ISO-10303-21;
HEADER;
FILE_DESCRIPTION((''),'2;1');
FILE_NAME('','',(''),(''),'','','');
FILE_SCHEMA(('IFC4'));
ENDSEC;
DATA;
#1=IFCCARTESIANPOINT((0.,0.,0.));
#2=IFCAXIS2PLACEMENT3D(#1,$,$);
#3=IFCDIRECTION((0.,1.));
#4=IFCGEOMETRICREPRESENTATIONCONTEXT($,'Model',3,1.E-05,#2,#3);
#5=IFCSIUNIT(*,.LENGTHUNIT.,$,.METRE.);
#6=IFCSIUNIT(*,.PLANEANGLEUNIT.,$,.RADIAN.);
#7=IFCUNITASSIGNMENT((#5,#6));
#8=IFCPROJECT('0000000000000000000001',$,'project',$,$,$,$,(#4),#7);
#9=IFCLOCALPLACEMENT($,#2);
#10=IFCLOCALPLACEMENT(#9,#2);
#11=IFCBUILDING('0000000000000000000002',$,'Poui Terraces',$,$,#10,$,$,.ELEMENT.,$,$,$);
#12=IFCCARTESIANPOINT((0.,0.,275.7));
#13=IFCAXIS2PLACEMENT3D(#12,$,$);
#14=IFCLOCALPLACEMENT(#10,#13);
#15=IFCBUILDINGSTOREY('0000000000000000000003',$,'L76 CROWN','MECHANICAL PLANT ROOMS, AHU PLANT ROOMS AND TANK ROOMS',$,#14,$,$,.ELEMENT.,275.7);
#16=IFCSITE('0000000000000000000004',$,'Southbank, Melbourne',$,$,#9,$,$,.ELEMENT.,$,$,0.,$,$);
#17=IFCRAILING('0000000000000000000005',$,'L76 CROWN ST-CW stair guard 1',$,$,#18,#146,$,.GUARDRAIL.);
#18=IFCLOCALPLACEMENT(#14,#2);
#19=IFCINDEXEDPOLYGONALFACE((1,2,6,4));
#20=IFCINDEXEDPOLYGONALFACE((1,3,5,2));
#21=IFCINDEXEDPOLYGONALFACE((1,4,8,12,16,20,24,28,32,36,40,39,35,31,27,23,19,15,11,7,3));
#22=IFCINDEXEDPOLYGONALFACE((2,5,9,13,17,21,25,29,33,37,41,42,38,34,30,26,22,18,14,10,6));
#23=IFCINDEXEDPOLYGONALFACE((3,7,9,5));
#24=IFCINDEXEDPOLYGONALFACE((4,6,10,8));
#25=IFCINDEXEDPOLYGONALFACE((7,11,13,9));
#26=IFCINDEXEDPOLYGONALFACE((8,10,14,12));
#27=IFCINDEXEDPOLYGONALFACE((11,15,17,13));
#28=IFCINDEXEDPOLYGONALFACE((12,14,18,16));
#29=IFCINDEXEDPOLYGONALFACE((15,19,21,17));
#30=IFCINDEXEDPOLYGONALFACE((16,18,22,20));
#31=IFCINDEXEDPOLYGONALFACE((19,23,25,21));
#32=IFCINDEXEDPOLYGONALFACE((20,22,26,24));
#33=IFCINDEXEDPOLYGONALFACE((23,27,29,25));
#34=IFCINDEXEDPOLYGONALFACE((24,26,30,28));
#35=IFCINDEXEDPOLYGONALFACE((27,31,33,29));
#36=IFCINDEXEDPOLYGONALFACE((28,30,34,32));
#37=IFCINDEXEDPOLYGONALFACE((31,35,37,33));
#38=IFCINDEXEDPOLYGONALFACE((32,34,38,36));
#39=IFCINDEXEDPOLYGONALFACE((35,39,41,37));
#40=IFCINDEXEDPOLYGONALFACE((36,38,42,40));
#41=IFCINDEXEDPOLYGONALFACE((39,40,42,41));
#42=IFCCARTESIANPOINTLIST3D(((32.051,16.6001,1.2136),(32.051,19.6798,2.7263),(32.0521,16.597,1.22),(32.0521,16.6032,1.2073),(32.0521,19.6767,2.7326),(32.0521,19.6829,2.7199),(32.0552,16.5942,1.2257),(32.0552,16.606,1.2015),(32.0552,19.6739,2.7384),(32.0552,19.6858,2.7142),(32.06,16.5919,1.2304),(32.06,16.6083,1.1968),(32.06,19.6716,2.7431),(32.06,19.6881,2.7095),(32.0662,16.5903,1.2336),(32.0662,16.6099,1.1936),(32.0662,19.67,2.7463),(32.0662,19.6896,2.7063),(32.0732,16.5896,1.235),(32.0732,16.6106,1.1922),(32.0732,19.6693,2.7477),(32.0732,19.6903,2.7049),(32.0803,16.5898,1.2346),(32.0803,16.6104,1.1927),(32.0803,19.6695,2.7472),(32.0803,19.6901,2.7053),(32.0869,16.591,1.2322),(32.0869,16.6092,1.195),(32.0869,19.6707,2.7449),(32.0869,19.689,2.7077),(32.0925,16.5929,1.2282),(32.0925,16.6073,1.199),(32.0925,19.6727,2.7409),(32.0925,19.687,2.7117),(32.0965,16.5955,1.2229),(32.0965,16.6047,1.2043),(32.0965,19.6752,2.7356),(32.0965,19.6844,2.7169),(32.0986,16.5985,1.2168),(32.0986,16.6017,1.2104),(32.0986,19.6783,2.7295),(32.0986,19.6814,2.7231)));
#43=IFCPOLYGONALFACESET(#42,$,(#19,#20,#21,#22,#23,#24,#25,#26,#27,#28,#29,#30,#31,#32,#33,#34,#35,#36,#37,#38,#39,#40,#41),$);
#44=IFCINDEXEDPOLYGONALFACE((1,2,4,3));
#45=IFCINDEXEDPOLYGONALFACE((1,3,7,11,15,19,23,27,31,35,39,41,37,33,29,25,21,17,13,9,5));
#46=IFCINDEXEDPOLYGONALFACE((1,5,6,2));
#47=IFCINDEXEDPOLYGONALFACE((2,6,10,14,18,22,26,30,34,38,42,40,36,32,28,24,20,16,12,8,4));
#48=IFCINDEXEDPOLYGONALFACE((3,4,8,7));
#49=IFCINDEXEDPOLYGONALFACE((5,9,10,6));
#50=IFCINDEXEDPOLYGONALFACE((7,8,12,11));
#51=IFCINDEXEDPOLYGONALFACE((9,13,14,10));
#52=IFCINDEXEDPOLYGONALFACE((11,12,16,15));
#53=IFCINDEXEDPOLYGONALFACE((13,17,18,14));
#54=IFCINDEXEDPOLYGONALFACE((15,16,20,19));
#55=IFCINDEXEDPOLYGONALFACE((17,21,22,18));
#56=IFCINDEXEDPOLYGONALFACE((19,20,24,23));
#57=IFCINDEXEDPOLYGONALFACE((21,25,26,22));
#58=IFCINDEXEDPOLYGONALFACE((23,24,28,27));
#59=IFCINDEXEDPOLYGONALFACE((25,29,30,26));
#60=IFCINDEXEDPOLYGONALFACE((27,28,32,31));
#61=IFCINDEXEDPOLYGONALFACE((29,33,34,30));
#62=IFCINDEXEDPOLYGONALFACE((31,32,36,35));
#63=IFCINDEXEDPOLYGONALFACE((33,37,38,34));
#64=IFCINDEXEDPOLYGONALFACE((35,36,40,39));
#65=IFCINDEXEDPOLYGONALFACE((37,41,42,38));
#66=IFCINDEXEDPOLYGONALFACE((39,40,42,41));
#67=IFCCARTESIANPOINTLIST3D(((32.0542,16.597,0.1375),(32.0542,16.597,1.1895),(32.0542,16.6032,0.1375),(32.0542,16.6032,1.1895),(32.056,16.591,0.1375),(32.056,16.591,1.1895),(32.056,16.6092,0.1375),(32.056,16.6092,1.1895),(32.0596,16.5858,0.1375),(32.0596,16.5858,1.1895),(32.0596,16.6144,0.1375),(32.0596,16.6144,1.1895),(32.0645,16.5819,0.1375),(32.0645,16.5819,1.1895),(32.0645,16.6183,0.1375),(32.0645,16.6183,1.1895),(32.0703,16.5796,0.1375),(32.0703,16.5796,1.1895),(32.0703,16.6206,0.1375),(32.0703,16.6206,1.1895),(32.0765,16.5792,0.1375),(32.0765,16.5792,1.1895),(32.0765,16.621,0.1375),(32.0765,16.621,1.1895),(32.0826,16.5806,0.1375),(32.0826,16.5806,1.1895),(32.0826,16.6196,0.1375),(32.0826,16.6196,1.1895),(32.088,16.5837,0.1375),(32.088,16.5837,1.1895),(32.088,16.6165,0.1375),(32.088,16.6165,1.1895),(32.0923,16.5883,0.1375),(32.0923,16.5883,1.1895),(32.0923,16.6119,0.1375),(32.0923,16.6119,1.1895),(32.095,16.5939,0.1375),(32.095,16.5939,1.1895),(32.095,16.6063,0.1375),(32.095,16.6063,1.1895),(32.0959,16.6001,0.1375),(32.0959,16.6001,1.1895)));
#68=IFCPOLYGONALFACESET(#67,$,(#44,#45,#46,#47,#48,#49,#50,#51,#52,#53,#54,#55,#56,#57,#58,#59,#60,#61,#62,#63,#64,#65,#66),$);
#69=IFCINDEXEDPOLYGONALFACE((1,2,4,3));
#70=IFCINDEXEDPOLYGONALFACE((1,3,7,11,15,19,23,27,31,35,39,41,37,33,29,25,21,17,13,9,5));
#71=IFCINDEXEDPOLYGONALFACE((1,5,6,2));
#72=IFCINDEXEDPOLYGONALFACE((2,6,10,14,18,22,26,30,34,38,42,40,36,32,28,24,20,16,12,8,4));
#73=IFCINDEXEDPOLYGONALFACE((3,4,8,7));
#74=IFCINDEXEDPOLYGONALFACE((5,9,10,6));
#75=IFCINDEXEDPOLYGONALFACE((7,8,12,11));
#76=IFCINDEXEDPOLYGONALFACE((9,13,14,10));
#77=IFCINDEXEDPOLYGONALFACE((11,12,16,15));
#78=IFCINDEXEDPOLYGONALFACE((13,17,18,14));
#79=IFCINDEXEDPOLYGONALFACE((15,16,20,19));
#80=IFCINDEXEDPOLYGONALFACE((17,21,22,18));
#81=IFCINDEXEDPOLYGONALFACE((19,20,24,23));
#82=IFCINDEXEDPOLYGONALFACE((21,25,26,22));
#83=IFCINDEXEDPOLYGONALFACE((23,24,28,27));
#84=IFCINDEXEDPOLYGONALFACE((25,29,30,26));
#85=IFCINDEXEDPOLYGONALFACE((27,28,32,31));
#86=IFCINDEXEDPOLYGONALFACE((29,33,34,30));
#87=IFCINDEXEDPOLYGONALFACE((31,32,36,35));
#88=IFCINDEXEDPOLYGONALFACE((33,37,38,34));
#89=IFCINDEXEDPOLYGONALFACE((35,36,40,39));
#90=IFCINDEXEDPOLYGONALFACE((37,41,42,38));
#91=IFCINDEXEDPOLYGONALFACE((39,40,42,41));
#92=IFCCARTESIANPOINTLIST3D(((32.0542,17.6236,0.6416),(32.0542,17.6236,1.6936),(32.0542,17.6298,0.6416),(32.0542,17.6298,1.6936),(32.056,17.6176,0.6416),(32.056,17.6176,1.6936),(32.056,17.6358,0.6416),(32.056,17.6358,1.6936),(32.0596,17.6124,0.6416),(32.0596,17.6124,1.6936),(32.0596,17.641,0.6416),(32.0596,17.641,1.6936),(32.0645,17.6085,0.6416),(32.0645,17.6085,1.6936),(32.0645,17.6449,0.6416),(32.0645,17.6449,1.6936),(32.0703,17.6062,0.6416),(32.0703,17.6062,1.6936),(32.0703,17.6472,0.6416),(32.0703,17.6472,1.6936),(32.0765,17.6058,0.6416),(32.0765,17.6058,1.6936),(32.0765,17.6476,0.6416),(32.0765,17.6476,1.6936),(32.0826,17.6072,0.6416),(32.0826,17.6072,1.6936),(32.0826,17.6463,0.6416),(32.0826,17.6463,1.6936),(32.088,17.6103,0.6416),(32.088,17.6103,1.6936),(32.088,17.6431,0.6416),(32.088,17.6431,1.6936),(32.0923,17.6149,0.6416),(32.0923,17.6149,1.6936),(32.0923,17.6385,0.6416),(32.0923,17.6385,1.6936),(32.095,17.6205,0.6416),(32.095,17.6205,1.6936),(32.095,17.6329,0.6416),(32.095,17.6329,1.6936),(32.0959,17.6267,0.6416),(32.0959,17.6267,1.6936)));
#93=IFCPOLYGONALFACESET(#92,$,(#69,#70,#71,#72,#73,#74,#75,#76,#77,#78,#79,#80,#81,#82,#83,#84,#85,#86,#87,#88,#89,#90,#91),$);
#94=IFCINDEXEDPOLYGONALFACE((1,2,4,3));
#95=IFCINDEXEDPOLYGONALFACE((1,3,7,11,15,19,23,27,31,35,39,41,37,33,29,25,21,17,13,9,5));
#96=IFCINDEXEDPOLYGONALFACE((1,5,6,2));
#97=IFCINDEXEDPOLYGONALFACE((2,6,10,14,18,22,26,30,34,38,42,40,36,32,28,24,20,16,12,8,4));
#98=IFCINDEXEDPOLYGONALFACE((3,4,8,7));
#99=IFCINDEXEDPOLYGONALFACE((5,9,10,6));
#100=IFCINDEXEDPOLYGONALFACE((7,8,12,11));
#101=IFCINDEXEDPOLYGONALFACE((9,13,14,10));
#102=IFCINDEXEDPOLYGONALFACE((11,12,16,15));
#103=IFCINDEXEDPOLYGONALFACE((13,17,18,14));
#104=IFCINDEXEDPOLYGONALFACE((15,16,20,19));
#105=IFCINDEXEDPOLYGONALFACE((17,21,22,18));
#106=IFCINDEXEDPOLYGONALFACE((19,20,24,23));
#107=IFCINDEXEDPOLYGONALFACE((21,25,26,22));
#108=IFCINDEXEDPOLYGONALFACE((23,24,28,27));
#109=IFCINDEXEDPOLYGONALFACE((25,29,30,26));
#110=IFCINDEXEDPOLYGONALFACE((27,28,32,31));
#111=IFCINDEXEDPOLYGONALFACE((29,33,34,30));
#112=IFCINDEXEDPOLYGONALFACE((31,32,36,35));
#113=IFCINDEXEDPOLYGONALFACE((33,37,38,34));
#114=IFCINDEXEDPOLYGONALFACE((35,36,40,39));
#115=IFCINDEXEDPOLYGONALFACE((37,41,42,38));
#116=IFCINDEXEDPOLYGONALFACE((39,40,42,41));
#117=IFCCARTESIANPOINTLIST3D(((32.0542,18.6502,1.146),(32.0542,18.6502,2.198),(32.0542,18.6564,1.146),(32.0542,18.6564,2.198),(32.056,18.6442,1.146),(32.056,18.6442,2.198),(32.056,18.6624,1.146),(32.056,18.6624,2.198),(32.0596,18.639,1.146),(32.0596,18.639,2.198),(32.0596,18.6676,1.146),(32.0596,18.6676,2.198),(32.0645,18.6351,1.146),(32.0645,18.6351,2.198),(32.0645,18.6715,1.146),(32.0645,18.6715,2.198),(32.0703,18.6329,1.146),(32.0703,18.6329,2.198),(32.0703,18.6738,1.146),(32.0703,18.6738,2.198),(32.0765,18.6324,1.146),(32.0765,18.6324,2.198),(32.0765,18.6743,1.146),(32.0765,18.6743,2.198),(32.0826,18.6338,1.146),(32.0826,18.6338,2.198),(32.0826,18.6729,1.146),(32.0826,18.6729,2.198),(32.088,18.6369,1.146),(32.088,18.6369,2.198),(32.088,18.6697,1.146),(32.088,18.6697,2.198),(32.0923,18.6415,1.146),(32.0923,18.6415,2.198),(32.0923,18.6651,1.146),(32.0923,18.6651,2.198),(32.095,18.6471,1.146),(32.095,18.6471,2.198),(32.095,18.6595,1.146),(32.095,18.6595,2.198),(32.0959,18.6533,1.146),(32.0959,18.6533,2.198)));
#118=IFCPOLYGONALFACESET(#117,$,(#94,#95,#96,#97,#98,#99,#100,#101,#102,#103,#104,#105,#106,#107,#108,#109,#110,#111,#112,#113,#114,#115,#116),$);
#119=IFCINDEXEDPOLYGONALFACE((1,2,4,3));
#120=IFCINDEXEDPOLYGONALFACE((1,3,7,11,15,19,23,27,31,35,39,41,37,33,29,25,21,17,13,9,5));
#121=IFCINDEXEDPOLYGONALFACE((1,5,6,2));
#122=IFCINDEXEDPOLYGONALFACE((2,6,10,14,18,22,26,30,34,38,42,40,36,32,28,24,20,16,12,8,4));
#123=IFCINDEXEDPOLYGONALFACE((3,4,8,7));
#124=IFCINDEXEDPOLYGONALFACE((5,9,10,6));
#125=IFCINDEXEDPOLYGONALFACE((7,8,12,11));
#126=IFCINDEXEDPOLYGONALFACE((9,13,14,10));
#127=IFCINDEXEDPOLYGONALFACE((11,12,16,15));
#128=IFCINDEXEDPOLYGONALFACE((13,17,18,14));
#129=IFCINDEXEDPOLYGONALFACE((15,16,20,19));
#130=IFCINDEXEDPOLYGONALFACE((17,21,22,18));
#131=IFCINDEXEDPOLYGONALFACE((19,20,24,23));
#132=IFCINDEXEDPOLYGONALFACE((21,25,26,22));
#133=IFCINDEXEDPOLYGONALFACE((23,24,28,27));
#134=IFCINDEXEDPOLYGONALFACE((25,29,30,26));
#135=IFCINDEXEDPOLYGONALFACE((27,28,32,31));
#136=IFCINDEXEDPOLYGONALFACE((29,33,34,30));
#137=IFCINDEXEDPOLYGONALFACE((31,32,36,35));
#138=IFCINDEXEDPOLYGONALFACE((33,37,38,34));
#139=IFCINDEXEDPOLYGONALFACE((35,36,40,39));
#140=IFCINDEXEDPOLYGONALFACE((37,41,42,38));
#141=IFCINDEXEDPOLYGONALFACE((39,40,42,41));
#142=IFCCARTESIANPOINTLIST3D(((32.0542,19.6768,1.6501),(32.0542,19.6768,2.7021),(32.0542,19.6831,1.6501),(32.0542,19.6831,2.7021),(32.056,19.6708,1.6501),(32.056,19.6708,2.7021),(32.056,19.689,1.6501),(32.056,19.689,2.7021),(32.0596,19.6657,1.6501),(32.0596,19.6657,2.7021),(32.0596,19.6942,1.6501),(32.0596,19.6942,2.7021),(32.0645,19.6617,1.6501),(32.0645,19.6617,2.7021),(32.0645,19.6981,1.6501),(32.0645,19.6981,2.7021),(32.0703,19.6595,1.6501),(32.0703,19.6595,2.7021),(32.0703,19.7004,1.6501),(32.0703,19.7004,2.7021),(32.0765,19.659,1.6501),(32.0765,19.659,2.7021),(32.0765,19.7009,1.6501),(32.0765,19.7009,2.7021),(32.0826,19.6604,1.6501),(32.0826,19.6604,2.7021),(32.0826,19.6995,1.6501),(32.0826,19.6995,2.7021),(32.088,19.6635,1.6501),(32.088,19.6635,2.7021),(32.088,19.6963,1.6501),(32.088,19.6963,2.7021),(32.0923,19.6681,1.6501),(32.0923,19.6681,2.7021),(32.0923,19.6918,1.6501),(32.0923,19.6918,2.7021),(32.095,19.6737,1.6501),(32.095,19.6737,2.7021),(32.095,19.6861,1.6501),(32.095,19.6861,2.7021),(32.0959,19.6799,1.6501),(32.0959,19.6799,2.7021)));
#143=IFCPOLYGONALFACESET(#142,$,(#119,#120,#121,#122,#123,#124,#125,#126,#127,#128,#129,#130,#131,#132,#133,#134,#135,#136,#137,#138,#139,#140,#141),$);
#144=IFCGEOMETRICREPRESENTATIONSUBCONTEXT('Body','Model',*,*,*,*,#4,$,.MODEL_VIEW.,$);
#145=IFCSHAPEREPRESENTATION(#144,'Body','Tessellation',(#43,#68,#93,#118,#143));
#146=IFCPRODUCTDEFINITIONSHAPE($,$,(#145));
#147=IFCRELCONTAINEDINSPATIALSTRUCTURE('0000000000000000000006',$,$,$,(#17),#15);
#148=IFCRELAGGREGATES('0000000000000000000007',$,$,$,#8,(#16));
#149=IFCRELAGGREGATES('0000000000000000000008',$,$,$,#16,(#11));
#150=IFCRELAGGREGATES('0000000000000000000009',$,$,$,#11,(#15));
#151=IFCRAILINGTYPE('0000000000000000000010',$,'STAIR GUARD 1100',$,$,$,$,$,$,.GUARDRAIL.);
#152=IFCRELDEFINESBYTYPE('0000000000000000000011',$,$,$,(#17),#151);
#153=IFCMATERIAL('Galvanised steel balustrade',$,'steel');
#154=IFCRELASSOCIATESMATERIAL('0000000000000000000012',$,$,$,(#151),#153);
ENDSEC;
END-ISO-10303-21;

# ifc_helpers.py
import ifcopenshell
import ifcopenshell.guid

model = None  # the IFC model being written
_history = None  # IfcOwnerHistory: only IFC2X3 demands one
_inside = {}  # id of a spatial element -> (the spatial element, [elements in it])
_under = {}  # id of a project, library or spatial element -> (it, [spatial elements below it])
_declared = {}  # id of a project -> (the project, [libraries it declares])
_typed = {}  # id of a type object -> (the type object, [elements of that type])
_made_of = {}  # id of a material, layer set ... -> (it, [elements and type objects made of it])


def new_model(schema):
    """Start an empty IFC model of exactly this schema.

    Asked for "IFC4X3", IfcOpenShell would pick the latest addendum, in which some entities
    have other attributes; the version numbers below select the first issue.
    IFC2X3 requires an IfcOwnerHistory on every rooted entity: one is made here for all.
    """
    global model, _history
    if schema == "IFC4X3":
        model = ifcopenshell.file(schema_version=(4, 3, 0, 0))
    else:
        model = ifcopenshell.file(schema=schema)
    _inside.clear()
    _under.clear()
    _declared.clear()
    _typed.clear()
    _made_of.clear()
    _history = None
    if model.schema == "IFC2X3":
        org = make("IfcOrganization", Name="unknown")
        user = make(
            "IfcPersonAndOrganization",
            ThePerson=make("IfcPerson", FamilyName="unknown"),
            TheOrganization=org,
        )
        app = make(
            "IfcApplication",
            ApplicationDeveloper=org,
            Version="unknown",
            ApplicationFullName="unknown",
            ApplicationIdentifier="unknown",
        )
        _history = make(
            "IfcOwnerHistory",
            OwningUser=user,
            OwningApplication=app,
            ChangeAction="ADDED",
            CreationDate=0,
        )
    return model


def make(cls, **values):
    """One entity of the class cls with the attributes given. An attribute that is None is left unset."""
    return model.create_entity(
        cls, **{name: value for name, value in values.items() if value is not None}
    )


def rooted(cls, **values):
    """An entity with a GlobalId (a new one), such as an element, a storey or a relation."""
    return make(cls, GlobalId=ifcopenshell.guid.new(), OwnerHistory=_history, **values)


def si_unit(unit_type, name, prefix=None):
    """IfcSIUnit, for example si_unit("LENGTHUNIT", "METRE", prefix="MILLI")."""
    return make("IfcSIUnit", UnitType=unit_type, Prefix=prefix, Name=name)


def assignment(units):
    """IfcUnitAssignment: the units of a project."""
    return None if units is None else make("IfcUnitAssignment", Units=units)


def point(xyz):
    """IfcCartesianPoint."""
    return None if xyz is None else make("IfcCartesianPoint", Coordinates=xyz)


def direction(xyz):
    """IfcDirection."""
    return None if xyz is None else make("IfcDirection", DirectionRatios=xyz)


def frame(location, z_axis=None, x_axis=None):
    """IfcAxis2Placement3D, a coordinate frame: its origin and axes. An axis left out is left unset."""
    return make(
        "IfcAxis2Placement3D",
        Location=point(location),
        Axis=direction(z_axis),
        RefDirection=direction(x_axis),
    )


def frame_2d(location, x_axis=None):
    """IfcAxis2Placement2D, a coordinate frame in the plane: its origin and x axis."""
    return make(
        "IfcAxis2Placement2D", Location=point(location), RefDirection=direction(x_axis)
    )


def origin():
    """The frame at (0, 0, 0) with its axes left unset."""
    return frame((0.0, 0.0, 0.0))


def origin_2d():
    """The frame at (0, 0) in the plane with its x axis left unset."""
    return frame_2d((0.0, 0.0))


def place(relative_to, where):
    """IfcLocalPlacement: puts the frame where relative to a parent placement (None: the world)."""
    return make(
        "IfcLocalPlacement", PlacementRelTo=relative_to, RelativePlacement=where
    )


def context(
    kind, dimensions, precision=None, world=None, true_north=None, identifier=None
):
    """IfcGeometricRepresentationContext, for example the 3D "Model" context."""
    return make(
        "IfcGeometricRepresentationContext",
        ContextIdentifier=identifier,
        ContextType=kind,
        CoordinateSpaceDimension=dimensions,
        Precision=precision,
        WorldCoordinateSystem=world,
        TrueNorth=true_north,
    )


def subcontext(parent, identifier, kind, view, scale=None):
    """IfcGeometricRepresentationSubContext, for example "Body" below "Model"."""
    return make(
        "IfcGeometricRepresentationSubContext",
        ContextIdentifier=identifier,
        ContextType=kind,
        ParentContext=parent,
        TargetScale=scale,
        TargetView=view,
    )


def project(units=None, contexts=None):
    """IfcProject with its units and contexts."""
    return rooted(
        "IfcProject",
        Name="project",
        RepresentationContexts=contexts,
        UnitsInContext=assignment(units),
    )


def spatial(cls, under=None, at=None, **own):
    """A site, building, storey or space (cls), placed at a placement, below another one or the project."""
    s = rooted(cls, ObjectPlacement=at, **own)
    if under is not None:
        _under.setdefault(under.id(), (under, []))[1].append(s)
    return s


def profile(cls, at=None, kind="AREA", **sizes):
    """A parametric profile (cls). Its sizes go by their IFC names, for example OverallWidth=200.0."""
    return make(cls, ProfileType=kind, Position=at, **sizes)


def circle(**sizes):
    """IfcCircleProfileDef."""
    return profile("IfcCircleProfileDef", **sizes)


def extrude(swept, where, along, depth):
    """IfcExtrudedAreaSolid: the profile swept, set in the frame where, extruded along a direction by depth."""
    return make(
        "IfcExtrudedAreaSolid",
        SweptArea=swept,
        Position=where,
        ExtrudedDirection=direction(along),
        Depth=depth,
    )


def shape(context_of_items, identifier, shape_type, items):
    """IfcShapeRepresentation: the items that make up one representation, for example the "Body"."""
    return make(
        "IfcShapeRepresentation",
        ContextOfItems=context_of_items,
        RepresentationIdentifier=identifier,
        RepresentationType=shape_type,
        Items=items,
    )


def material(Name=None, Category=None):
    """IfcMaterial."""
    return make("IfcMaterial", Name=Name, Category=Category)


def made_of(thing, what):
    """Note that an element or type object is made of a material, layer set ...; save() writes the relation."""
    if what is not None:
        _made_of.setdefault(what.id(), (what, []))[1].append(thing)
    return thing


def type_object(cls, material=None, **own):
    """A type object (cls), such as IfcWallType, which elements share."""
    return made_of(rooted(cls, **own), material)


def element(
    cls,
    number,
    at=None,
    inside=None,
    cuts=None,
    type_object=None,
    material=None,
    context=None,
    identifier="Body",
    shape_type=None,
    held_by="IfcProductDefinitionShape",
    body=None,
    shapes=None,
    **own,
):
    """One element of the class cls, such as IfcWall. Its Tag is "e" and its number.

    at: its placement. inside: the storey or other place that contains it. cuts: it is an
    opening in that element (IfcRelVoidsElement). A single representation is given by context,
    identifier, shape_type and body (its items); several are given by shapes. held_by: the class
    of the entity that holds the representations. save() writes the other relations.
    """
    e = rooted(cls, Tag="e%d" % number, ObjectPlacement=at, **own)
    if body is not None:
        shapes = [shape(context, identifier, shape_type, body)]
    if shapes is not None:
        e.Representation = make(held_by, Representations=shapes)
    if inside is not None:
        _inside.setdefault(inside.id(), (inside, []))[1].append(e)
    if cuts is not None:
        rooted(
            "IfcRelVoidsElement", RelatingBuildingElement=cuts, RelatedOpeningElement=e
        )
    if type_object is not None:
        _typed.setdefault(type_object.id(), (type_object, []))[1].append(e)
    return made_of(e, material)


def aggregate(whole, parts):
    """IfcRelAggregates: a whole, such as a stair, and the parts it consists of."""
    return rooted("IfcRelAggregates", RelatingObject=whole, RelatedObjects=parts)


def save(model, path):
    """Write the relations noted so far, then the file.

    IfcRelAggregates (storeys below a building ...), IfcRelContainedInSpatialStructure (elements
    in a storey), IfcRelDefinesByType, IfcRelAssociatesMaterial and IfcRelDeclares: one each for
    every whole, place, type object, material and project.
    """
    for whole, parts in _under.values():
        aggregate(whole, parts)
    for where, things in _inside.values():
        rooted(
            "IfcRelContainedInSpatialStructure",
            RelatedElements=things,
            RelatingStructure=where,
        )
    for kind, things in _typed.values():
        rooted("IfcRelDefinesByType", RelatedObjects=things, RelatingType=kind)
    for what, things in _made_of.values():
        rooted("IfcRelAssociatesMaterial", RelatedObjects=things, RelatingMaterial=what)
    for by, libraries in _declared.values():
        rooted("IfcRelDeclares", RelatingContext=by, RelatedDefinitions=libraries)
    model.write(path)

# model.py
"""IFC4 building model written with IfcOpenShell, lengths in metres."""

from ifc_helpers import new_model, si_unit, direction, frame, origin, origin_2d, place, context, subcontext, project, spatial, circle, extrude, material, type_object, element, save


model = new_model("IFC4")

# Units and contexts
model_context = context("Model", 3, precision=1e-05, world=origin(), true_north=direction((0.0, 1.0)))
body_context = subcontext(model_context, "Body", "Model", "MODEL_VIEW")
ifc_project = project(units=[si_unit("LENGTHUNIT", "METRE"), si_unit("PLANEANGLEUNIT", "RADIAN")], contexts=[model_context])

# Site, building, storey
site_placement = place(None, origin())
site = spatial("IfcSite", under=ifc_project, at=site_placement, Name="Southbank, Melbourne", CompositionType="ELEMENT", RefElevation=0.0)
building_placement = place(site_placement, origin())
building = spatial("IfcBuilding", under=site, at=building_placement, Name="Poui Terraces", CompositionType="ELEMENT")
storey_placement = place(building_placement, frame((0.0, 0.0, 275.7)))
storey = spatial("IfcBuildingStorey", under=building, at=storey_placement, Name="L76 CROWN", Description="MECHANICAL PLANT ROOMS, AHU PLANT ROOMS AND TANK ROOMS", CompositionType="ELEMENT", Elevation=275.7)

# Railing
ifc_material_1 = material(Name="Galvanised steel balustrade", Category="steel")
railing_type_1 = type_object("IfcRailingType", Name="STAIR GUARD 1100", PredefinedType="GUARDRAIL", material=ifc_material_1)
railing_1_placement = place(storey_placement, frame((32.075, 16.6001, 0.1375)))
element("IfcRailing", 1, at=railing_1_placement, inside=storey, type_object=railing_type_1, Name="L76 CROWN ST-CW stair guard 1", PredefinedType="GUARDRAIL", context=body_context, shape_type="SweptSolid", body=[
    extrude(circle(Radius=0.0239, at=origin_2d()), frame((0.0, 0.0, 1.0762), z_axis=(0.0, 0.897578, 0.440856), x_axis=(-1.0, 0.0, 0.0)), (0.0, 0.0, 1.0), 3.4312),
    extrude(circle(Radius=0.021, at=origin_2d()), origin(), (0.0, 0.0, 1.0), 1.052),
    extrude(circle(Radius=0.021, at=origin_2d()), frame((0.0, 1.0266, 0.5042)), (0.0, 0.0, 1.0), 1.052),
    extrude(circle(Radius=0.021, at=origin_2d()), frame((0.0, 2.0532, 1.0085)), (0.0, 0.0, 1.0), 1.052),
    extrude(circle(Radius=0.021, at=origin_2d()), frame((0.0, 3.0798, 1.5127)), (0.0, 0.0, 1.0), 1.052),
])

save(model, "model.ifc")
